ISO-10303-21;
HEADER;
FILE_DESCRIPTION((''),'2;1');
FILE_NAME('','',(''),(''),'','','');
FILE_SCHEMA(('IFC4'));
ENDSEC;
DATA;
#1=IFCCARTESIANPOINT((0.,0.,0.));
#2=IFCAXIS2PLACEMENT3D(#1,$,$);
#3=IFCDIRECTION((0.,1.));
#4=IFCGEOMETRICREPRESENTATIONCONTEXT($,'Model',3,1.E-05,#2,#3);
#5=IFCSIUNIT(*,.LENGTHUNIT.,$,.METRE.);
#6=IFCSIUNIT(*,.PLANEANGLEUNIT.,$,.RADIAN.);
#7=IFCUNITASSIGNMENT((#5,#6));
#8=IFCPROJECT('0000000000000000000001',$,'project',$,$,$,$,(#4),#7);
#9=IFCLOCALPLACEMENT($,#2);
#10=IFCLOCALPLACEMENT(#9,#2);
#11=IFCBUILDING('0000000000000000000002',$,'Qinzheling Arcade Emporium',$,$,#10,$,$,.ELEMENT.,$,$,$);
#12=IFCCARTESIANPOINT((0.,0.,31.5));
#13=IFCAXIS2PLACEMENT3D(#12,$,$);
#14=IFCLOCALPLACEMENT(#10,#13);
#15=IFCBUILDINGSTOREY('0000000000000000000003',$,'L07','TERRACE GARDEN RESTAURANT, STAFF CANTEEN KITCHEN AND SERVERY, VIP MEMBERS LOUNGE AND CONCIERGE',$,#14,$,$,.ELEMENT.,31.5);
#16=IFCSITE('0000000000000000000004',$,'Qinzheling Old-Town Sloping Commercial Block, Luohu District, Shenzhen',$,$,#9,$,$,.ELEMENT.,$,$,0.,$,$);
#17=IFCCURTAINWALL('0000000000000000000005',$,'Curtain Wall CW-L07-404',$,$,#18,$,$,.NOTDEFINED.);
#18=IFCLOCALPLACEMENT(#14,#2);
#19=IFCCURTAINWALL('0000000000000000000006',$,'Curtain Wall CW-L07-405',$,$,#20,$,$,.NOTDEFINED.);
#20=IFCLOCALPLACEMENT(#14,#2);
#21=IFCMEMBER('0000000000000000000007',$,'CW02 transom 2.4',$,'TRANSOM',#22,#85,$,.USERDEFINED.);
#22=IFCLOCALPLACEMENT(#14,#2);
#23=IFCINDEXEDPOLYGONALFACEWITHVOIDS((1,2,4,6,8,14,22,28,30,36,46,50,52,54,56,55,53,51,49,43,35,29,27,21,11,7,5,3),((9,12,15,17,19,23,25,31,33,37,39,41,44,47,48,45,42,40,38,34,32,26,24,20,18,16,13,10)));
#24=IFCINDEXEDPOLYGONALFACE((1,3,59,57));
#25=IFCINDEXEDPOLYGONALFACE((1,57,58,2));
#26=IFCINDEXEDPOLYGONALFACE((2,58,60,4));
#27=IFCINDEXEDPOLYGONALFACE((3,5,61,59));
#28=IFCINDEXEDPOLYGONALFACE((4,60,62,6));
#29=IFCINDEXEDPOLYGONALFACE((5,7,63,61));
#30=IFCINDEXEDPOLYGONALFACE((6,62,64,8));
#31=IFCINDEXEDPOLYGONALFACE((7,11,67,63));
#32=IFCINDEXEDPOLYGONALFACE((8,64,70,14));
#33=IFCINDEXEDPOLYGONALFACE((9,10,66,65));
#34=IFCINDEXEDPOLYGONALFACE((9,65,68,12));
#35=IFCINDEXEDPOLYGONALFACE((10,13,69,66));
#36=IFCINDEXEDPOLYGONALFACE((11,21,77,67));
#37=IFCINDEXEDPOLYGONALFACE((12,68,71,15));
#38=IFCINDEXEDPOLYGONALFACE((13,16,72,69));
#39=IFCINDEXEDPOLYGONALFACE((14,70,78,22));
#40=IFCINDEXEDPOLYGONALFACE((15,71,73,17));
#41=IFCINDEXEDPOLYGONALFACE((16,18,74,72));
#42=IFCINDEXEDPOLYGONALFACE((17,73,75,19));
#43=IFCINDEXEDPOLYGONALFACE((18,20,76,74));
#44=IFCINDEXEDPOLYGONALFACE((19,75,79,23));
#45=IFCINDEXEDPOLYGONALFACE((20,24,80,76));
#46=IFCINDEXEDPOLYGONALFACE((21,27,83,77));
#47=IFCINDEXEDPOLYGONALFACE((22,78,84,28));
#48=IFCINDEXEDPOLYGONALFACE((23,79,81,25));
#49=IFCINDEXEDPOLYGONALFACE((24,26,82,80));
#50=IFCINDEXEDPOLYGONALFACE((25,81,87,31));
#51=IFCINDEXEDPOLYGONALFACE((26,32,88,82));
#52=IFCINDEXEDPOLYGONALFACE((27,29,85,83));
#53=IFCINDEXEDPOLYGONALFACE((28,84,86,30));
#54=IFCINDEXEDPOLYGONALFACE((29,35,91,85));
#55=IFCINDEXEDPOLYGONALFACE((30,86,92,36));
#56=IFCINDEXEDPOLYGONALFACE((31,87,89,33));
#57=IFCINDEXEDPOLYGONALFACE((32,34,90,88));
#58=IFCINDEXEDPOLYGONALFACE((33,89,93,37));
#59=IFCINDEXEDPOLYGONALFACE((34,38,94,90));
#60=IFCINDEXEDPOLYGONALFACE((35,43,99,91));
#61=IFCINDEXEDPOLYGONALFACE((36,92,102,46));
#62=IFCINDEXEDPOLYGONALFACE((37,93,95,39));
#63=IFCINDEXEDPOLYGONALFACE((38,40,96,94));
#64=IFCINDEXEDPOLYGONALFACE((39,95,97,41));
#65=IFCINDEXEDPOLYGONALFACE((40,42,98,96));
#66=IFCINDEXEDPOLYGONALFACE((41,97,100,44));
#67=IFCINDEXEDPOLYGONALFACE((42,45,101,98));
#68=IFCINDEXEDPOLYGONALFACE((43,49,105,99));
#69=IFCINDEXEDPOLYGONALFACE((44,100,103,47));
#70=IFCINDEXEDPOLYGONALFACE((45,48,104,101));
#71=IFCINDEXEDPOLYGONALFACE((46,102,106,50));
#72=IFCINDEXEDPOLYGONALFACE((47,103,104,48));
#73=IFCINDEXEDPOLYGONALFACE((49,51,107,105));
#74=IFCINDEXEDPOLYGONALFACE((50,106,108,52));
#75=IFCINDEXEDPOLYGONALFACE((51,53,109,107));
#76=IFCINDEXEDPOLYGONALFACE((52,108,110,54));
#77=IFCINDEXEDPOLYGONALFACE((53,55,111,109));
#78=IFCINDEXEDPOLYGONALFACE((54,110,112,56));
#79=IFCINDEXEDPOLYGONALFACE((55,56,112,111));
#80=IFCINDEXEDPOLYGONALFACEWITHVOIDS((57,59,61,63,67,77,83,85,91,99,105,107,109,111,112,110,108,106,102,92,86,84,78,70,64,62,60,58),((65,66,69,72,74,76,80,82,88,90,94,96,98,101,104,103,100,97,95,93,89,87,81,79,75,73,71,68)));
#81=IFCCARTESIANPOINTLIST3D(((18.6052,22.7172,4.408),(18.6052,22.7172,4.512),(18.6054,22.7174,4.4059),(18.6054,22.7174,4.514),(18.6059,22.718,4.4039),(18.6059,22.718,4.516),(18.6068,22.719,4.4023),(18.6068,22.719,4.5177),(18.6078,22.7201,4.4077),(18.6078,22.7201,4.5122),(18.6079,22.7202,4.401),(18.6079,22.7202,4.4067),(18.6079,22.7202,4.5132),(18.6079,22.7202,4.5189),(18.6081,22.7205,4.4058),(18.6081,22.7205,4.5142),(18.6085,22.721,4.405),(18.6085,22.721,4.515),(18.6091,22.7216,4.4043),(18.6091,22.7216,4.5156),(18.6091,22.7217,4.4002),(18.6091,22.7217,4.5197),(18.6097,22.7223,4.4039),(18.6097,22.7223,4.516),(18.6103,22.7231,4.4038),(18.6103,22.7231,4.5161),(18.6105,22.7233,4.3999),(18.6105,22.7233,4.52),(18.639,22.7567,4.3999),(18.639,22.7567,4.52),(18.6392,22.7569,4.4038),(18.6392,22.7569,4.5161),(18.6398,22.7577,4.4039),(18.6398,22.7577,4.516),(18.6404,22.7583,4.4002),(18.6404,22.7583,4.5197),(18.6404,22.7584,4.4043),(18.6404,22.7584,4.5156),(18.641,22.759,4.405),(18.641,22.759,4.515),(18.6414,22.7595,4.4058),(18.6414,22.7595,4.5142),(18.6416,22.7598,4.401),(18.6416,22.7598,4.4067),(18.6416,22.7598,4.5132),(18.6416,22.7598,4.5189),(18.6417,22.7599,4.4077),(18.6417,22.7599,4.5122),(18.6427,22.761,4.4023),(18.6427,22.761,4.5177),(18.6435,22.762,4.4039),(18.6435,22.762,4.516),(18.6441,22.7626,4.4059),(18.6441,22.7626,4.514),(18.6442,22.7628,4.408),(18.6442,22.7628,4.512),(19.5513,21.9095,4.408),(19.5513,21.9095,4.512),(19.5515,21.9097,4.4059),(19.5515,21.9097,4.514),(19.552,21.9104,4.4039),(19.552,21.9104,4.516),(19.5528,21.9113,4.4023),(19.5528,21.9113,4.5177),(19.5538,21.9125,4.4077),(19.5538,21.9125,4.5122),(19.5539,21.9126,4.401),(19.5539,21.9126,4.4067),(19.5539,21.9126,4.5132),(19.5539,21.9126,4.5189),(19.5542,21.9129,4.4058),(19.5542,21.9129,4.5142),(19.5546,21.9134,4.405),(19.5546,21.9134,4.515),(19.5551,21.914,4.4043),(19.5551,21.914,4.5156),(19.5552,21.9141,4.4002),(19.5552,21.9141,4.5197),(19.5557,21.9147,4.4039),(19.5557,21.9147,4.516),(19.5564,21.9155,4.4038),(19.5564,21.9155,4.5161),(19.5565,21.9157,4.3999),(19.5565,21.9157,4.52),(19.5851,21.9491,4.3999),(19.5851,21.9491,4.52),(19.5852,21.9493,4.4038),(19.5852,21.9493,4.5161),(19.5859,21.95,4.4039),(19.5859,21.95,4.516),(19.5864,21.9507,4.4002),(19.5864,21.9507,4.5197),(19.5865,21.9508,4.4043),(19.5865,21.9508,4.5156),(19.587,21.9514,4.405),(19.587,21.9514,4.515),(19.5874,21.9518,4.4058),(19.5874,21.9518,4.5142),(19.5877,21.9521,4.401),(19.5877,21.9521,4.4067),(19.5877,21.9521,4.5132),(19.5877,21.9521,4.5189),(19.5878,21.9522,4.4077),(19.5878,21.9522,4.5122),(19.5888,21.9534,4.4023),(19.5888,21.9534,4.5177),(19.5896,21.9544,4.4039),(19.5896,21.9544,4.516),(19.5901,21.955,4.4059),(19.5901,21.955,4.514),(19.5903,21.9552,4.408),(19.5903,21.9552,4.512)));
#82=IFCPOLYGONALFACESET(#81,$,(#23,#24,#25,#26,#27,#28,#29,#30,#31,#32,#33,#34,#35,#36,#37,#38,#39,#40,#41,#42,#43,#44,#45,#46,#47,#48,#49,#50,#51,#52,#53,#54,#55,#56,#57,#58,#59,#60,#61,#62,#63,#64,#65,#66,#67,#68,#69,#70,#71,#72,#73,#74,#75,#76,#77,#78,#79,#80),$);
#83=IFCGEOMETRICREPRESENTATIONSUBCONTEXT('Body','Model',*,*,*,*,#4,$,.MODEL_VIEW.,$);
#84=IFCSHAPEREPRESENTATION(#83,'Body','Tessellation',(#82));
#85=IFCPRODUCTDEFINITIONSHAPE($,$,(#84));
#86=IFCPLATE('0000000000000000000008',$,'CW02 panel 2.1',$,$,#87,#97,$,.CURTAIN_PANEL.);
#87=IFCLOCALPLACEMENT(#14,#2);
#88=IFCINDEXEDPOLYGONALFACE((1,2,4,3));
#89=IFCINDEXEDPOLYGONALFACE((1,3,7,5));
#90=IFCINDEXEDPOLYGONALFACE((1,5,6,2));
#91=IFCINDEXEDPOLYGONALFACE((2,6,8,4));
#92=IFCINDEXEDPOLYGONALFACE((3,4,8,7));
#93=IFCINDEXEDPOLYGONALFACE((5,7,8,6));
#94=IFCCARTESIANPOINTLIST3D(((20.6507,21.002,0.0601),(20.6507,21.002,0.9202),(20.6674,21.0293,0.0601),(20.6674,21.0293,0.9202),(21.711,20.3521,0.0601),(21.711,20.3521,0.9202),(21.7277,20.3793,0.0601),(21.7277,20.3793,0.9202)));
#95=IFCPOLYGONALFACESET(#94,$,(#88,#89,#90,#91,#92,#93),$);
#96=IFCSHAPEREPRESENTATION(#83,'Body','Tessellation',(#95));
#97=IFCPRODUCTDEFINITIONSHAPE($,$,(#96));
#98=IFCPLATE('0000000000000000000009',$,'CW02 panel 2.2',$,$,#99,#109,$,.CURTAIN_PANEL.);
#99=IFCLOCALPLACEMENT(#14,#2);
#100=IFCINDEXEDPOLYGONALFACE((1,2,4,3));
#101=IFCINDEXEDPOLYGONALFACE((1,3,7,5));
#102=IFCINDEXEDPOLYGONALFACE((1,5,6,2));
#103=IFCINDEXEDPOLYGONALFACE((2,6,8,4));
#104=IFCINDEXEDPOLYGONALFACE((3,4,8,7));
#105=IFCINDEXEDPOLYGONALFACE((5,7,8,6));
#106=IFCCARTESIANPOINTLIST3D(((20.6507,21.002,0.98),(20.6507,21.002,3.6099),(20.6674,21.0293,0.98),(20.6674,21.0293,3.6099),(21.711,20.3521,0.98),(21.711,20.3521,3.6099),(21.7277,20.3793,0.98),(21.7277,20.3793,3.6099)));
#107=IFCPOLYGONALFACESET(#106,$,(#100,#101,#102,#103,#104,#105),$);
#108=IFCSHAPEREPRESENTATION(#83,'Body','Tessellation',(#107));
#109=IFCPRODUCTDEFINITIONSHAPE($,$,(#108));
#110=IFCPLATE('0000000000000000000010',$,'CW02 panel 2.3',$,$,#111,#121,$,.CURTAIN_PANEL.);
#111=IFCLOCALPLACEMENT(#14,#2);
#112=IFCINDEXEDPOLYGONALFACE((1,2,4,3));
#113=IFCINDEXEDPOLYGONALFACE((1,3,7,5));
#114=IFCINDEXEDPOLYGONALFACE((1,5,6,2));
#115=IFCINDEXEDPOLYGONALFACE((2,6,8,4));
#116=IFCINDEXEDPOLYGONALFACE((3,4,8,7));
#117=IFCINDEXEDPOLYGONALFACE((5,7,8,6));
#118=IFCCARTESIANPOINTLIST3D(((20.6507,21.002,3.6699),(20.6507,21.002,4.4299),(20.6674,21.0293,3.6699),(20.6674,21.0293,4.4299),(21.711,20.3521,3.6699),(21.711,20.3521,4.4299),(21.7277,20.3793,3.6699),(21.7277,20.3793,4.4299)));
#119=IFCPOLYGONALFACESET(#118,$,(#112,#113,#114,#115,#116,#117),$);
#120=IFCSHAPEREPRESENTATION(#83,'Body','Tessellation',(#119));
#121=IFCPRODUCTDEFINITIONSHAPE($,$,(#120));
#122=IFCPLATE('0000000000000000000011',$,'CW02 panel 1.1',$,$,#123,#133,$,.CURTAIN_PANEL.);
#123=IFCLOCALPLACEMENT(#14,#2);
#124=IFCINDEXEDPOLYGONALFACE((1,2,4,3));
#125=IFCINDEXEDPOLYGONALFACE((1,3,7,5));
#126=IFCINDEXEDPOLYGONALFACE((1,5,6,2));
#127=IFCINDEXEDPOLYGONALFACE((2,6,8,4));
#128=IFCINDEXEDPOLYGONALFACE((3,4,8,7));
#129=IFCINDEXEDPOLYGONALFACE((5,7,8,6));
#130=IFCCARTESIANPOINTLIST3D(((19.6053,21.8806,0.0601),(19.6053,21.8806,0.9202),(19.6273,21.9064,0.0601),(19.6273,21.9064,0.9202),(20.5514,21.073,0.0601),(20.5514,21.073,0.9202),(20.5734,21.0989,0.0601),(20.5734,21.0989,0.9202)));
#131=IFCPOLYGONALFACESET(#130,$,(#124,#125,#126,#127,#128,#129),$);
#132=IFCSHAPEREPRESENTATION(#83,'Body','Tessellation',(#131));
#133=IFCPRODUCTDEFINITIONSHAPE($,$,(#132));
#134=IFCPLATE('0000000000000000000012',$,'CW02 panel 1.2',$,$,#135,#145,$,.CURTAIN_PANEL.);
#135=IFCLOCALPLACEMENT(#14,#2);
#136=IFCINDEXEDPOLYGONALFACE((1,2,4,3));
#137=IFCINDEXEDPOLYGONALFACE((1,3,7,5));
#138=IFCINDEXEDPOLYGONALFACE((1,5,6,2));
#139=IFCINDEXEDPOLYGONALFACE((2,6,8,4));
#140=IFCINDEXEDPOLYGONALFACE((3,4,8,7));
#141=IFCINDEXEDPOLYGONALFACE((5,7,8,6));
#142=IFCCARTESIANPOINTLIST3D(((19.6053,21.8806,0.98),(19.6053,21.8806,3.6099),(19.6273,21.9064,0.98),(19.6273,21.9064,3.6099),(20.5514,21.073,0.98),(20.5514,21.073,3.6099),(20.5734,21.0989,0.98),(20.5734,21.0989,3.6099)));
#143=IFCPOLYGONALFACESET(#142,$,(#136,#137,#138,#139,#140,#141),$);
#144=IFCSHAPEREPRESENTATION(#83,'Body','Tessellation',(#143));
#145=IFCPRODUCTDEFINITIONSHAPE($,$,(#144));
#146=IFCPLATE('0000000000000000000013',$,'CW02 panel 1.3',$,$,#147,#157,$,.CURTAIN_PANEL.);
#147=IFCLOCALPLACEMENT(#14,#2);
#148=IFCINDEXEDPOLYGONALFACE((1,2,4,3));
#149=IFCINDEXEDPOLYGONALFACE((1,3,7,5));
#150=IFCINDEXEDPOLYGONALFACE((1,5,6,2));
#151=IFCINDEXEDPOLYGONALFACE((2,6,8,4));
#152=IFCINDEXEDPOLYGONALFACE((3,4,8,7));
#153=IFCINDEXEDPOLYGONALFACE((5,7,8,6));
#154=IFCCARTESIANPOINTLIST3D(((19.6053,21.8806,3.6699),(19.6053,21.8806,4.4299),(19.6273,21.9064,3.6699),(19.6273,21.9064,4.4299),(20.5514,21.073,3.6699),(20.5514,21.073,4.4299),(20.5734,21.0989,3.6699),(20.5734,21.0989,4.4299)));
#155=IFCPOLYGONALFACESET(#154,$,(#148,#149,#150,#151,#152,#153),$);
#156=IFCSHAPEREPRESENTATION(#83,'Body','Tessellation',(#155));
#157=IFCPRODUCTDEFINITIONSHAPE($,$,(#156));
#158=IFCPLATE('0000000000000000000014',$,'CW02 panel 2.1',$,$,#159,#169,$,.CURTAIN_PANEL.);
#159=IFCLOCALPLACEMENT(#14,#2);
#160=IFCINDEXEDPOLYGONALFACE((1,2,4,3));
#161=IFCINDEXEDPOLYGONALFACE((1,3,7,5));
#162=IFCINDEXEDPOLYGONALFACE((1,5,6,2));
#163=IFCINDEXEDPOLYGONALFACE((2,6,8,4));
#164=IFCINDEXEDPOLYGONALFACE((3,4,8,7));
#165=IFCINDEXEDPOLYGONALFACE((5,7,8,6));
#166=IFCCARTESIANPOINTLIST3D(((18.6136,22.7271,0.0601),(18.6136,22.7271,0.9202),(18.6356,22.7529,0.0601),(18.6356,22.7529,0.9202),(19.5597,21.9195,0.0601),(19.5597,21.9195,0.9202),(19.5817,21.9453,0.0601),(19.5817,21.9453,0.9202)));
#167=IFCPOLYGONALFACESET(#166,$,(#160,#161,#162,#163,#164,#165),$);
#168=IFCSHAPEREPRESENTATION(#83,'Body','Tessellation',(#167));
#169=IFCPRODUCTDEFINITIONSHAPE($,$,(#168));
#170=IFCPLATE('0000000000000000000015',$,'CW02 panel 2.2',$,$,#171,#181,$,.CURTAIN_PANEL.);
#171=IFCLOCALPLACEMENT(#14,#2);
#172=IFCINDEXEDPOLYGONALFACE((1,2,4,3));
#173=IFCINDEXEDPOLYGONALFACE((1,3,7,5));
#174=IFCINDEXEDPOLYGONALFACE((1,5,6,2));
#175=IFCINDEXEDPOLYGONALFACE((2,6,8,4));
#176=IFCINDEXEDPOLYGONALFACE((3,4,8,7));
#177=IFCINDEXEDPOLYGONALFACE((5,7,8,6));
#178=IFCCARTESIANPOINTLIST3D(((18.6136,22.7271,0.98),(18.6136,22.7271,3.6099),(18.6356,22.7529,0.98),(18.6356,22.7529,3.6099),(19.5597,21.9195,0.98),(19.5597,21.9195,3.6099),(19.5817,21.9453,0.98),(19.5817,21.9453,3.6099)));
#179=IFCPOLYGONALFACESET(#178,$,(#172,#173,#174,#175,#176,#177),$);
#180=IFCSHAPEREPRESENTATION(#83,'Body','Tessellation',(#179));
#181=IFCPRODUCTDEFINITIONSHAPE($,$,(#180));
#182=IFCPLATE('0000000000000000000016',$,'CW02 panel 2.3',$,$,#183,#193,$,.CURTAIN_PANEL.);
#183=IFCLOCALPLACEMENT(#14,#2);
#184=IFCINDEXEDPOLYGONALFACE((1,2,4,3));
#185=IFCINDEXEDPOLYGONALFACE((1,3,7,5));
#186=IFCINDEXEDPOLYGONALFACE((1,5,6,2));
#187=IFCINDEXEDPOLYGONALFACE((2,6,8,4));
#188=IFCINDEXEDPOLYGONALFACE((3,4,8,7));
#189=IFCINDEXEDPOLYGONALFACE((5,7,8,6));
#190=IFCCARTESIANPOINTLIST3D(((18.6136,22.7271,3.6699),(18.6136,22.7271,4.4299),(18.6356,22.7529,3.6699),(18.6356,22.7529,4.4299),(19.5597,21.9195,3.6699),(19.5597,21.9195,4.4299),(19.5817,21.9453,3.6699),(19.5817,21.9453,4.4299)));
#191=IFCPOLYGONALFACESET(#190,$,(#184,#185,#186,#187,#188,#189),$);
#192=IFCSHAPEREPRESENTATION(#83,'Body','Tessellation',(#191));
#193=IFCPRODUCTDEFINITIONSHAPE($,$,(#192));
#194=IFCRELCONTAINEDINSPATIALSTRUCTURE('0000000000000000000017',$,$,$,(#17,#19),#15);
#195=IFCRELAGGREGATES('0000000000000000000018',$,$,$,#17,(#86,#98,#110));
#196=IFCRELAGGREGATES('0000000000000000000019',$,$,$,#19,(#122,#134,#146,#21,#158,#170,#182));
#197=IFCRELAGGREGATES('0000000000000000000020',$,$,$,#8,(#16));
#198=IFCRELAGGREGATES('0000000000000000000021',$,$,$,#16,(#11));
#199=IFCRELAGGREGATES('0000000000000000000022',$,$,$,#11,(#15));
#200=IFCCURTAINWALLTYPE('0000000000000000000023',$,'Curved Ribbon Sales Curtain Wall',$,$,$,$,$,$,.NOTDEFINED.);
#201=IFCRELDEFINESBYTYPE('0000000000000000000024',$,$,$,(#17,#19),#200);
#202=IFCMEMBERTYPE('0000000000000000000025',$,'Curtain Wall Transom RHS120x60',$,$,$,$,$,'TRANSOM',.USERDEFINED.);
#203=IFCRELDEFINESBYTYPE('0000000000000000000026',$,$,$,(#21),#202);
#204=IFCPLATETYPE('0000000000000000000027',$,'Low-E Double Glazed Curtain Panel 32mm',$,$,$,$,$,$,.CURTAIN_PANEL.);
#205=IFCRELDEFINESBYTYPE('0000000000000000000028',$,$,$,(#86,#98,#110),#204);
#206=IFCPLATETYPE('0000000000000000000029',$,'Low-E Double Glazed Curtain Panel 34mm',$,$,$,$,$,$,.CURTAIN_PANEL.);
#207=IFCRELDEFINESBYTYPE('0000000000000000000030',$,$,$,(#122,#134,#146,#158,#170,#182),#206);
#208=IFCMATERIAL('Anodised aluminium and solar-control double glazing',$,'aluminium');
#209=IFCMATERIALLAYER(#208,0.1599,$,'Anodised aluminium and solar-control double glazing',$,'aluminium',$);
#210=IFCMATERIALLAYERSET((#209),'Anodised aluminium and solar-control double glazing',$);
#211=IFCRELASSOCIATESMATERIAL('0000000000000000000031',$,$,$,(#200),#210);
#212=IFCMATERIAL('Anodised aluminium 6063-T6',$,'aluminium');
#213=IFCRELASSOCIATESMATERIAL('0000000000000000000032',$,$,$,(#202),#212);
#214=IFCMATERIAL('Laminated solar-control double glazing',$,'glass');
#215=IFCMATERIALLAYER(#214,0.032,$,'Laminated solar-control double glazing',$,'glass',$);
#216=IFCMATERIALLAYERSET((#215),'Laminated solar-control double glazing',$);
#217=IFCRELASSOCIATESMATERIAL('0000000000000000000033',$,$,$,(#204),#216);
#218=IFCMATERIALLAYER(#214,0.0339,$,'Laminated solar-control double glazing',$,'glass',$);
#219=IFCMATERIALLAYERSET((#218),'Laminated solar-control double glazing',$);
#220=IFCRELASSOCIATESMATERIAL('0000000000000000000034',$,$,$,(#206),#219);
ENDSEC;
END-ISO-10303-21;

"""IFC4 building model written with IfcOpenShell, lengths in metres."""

from ifc_helpers import new_model, si_unit, direction, frame, origin, origin_2d, place, context, subcontext, project, spatial, rectangle, hollow_rectangle, extrude, material, layer, layer_set, material_profile, profile_set, type_object, element, aggregate, save


model = new_model("IFC4")

# Units and contexts
model_context = context("Model", 3, precision=1e-05, world=origin(), true_north=direction((0.0, 1.0)))
body_context = subcontext(model_context, "Body", "Model", "MODEL_VIEW")
ifc_project = project(units=[si_unit("LENGTHUNIT", "METRE"), si_unit("PLANEANGLEUNIT", "RADIAN")], contexts=[model_context])

# Site, building, storey
site_placement = place(None, origin())
site = spatial("IfcSite", under=ifc_project, at=site_placement, Name="Qinzheling Old-Town Sloping Commercial Block, Luohu District, Shenzhen", CompositionType="ELEMENT", RefElevation=0.0)
building_placement = place(site_placement, origin())
building = spatial("IfcBuilding", under=site, at=building_placement, Name="Qinzheling Arcade Emporium", CompositionType="ELEMENT")
storey_placement = place(building_placement, frame((0.0, 0.0, 31.5)))
storey = spatial("IfcBuildingStorey", under=building, at=storey_placement, Name="L07", Description="TERRACE GARDEN RESTAURANT, STAFF CANTEEN KITCHEN AND SERVERY, VIP MEMBERS LOUNGE AND CONCIERGE", CompositionType="ELEMENT", Elevation=31.5)

# Curtain wall
ifc_material_1 = material(Name="Anodised aluminium and solar-control double glazing", Category="aluminium")
ifc_layer_1 = layer(ifc_material_1, 0.1599, Name="Anodised aluminium and solar-control double glazing", Category="aluminium")
ifc_layer_set_1 = layer_set([ifc_layer_1], Name="Anodised aluminium and solar-control double glazing")
curtain_wall_type = type_object("IfcCurtainWallType", Name="Curved Ribbon Sales Curtain Wall", PredefinedType="NOTDEFINED", material=ifc_layer_set_1)
curtain_wall_1_placement = place(storey_placement, origin())
curtain_wall_1 = element("IfcCurtainWall", 1, at=curtain_wall_1_placement, inside=storey, type_object=curtain_wall_type, Name="Curtain Wall CW-L07-404", PredefinedType="NOTDEFINED")
ifc_material_2 = material(Name="Anodised aluminium 6063-T6", Category="aluminium")

# Curtain wall
curtain_wall_2_placement = place(storey_placement, origin())
curtain_wall_2 = element("IfcCurtainWall", 2, at=curtain_wall_2_placement, inside=storey, type_object=curtain_wall_type, Name="Curtain Wall CW-L07-405", PredefinedType="NOTDEFINED")

# Member
ifc_material_profile_1 = material_profile(ifc_material_2, hollow_rectangle(XDim=0.0601, YDim=0.1201, WallThickness=0.0039, InnerFilletRadius=0.0039, OuterFilletRadius=0.0081, at=origin_2d()), Name="RHS 120x60x4", Category="aluminium")
ifc_profile_set_1 = profile_set([ifc_material_profile_1], Name="Anodised aluminium 6063-T6")
member_type_1 = type_object("IfcMemberType", Name="Curtain Wall Transom RHS120x60", ElementType="TRANSOM", PredefinedType="USERDEFINED", material=ifc_profile_set_1)
member_1_placement = place(storey_placement, frame((19.5708, 21.9324, 4.46), z_axis=(-0.760557, 0.649271, 0.0), x_axis=(-0.649271, -0.760557, 0.0)))
member_1 = element("IfcMember", 3, at=member_1_placement, type_object=member_type_1, Name="CW02 transom 2.4", ObjectType="TRANSOM", PredefinedType="USERDEFINED", context=body_context, shape_type="SweptSolid", body=[
    extrude(hollow_rectangle(XDim=0.0601, YDim=0.1201, WallThickness=0.0039, InnerFilletRadius=0.0039, OuterFilletRadius=0.0081, at=origin_2d()), origin(), (0.0, 0.0, 1.0), 1.2439),
])

# Plates
ifc_material_3 = material(Name="Laminated solar-control double glazing", Category="glass")
ifc_layer_2 = layer(ifc_material_3, 0.032, Name="Laminated solar-control double glazing", Category="glass")
ifc_layer_set_2 = layer_set([ifc_layer_2], Name="Laminated solar-control double glazing")
plate_type_1 = type_object("IfcPlateType", Name="Low-E Double Glazed Curtain Panel 32mm", PredefinedType="CURTAIN_PANEL", material=ifc_layer_set_2)
plate_1_placement = place(storey_placement, frame((21.1892, 20.6907, 0.0601), z_axis=(0.0, 0.0, 1.0), x_axis=(-0.852558, 0.522632, 0.0)))
plate_1 = element("IfcPlate", 4, at=plate_1_placement, type_object=plate_type_1, Name="CW02 panel 2.1", PredefinedType="CURTAIN_PANEL", context=body_context, shape_type="SweptSolid", body=[
    extrude(rectangle(XDim=1.2437, YDim=0.032, at=origin_2d()), origin(), (0.0, 0.0, 1.0), 0.8601),
])
plate_2_placement = place(storey_placement, frame((21.1892, 20.6907, 0.98), z_axis=(0.0, 0.0, 1.0), x_axis=(-0.852558, 0.522632, 0.0)))
plate_2 = element("IfcPlate", 5, at=plate_2_placement, type_object=plate_type_1, Name="CW02 panel 2.2", PredefinedType="CURTAIN_PANEL", context=body_context, shape_type="SweptSolid", body=[
    extrude(rectangle(XDim=1.2437, YDim=0.032, at=origin_2d()), origin(), (0.0, 0.0, 1.0), 2.6299),
])
plate_3_placement = place(storey_placement, frame((21.1892, 20.6907, 3.6699), z_axis=(0.0, 0.0, 1.0), x_axis=(-0.852558, 0.522632, 0.0)))
plate_3 = element("IfcPlate", 6, at=plate_3_placement, type_object=plate_type_1, Name="CW02 panel 2.3", PredefinedType="CURTAIN_PANEL", context=body_context, shape_type="SweptSolid", body=[
    extrude(rectangle(XDim=1.2437, YDim=0.032, at=origin_2d()), origin(), (0.0, 0.0, 1.0), 0.76),
])
aggregate(curtain_wall_1, [plate_1, plate_2, plate_3])
ifc_layer_3 = layer(ifc_material_3, 0.0339, Name="Laminated solar-control double glazing", Category="glass")
ifc_layer_set_3 = layer_set([ifc_layer_3], Name="Laminated solar-control double glazing")
plate_type_2 = type_object("IfcPlateType", Name="Low-E Double Glazed Curtain Panel 34mm", PredefinedType="CURTAIN_PANEL", material=ifc_layer_set_3)
plate_4_placement = place(storey_placement, frame((20.0894, 21.4897, 0.0601), z_axis=(0.0, 0.0, 1.0), x_axis=(-0.760578, 0.649247, 0.0)))
plate_4 = element("IfcPlate", 7, at=plate_4_placement, type_object=plate_type_2, Name="CW02 panel 1.1", PredefinedType="CURTAIN_PANEL", context=body_context, shape_type="SweptSolid", body=[
    extrude(rectangle(XDim=1.2439, YDim=0.0339, at=origin_2d()), origin(), (0.0, 0.0, 1.0), 0.8601),
])
plate_5_placement = place(storey_placement, frame((20.0894, 21.4897, 0.98), z_axis=(0.0, 0.0, 1.0), x_axis=(-0.760578, 0.649247, 0.0)))
plate_5 = element("IfcPlate", 8, at=plate_5_placement, type_object=plate_type_2, Name="CW02 panel 1.2", PredefinedType="CURTAIN_PANEL", context=body_context, shape_type="SweptSolid", body=[
    extrude(rectangle(XDim=1.2439, YDim=0.0339, at=origin_2d()), origin(), (0.0, 0.0, 1.0), 2.6299),
])
plate_6_placement = place(storey_placement, frame((20.0894, 21.4897, 3.6699), z_axis=(0.0, 0.0, 1.0), x_axis=(-0.760578, 0.649247, 0.0)))
plate_6 = element("IfcPlate", 9, at=plate_6_placement, type_object=plate_type_2, Name="CW02 panel 1.3", PredefinedType="CURTAIN_PANEL", context=body_context, shape_type="SweptSolid", body=[
    extrude(rectangle(XDim=1.2439, YDim=0.0339, at=origin_2d()), origin(), (0.0, 0.0, 1.0), 0.76),
])
plate_7_placement = place(storey_placement, frame((19.0977, 22.3362, 0.0601), z_axis=(0.0, 0.0, 1.0), x_axis=(-0.760578, 0.649247, 0.0)))
plate_7 = element("IfcPlate", 10, at=plate_7_placement, type_object=plate_type_2, Name="CW02 panel 2.1", PredefinedType="CURTAIN_PANEL", context=body_context, shape_type="SweptSolid", body=[
    extrude(rectangle(XDim=1.2439, YDim=0.0339, at=origin_2d()), origin(), (0.0, 0.0, 1.0), 0.8601),
])
plate_8_placement = place(storey_placement, frame((19.0977, 22.3362, 0.98), z_axis=(0.0, 0.0, 1.0), x_axis=(-0.760578, 0.649247, 0.0)))
plate_8 = element("IfcPlate", 11, at=plate_8_placement, type_object=plate_type_2, Name="CW02 panel 2.2", PredefinedType="CURTAIN_PANEL", context=body_context, shape_type="SweptSolid", body=[
    extrude(rectangle(XDim=1.2439, YDim=0.0339, at=origin_2d()), origin(), (0.0, 0.0, 1.0), 2.6299),
])
plate_9_placement = place(storey_placement, frame((19.0977, 22.3362, 3.6699), z_axis=(0.0, 0.0, 1.0), x_axis=(-0.760578, 0.649247, 0.0)))
plate_9 = element("IfcPlate", 12, at=plate_9_placement, type_object=plate_type_2, Name="CW02 panel 2.3", PredefinedType="CURTAIN_PANEL", context=body_context, shape_type="SweptSolid", body=[
    extrude(rectangle(XDim=1.2439, YDim=0.0339, at=origin_2d()), origin(), (0.0, 0.0, 1.0), 0.76),
])
aggregate(curtain_wall_2, [plate_4, plate_5, plate_6, member_1, plate_7, plate_8, plate_9])

save(model, "model.ifc")
